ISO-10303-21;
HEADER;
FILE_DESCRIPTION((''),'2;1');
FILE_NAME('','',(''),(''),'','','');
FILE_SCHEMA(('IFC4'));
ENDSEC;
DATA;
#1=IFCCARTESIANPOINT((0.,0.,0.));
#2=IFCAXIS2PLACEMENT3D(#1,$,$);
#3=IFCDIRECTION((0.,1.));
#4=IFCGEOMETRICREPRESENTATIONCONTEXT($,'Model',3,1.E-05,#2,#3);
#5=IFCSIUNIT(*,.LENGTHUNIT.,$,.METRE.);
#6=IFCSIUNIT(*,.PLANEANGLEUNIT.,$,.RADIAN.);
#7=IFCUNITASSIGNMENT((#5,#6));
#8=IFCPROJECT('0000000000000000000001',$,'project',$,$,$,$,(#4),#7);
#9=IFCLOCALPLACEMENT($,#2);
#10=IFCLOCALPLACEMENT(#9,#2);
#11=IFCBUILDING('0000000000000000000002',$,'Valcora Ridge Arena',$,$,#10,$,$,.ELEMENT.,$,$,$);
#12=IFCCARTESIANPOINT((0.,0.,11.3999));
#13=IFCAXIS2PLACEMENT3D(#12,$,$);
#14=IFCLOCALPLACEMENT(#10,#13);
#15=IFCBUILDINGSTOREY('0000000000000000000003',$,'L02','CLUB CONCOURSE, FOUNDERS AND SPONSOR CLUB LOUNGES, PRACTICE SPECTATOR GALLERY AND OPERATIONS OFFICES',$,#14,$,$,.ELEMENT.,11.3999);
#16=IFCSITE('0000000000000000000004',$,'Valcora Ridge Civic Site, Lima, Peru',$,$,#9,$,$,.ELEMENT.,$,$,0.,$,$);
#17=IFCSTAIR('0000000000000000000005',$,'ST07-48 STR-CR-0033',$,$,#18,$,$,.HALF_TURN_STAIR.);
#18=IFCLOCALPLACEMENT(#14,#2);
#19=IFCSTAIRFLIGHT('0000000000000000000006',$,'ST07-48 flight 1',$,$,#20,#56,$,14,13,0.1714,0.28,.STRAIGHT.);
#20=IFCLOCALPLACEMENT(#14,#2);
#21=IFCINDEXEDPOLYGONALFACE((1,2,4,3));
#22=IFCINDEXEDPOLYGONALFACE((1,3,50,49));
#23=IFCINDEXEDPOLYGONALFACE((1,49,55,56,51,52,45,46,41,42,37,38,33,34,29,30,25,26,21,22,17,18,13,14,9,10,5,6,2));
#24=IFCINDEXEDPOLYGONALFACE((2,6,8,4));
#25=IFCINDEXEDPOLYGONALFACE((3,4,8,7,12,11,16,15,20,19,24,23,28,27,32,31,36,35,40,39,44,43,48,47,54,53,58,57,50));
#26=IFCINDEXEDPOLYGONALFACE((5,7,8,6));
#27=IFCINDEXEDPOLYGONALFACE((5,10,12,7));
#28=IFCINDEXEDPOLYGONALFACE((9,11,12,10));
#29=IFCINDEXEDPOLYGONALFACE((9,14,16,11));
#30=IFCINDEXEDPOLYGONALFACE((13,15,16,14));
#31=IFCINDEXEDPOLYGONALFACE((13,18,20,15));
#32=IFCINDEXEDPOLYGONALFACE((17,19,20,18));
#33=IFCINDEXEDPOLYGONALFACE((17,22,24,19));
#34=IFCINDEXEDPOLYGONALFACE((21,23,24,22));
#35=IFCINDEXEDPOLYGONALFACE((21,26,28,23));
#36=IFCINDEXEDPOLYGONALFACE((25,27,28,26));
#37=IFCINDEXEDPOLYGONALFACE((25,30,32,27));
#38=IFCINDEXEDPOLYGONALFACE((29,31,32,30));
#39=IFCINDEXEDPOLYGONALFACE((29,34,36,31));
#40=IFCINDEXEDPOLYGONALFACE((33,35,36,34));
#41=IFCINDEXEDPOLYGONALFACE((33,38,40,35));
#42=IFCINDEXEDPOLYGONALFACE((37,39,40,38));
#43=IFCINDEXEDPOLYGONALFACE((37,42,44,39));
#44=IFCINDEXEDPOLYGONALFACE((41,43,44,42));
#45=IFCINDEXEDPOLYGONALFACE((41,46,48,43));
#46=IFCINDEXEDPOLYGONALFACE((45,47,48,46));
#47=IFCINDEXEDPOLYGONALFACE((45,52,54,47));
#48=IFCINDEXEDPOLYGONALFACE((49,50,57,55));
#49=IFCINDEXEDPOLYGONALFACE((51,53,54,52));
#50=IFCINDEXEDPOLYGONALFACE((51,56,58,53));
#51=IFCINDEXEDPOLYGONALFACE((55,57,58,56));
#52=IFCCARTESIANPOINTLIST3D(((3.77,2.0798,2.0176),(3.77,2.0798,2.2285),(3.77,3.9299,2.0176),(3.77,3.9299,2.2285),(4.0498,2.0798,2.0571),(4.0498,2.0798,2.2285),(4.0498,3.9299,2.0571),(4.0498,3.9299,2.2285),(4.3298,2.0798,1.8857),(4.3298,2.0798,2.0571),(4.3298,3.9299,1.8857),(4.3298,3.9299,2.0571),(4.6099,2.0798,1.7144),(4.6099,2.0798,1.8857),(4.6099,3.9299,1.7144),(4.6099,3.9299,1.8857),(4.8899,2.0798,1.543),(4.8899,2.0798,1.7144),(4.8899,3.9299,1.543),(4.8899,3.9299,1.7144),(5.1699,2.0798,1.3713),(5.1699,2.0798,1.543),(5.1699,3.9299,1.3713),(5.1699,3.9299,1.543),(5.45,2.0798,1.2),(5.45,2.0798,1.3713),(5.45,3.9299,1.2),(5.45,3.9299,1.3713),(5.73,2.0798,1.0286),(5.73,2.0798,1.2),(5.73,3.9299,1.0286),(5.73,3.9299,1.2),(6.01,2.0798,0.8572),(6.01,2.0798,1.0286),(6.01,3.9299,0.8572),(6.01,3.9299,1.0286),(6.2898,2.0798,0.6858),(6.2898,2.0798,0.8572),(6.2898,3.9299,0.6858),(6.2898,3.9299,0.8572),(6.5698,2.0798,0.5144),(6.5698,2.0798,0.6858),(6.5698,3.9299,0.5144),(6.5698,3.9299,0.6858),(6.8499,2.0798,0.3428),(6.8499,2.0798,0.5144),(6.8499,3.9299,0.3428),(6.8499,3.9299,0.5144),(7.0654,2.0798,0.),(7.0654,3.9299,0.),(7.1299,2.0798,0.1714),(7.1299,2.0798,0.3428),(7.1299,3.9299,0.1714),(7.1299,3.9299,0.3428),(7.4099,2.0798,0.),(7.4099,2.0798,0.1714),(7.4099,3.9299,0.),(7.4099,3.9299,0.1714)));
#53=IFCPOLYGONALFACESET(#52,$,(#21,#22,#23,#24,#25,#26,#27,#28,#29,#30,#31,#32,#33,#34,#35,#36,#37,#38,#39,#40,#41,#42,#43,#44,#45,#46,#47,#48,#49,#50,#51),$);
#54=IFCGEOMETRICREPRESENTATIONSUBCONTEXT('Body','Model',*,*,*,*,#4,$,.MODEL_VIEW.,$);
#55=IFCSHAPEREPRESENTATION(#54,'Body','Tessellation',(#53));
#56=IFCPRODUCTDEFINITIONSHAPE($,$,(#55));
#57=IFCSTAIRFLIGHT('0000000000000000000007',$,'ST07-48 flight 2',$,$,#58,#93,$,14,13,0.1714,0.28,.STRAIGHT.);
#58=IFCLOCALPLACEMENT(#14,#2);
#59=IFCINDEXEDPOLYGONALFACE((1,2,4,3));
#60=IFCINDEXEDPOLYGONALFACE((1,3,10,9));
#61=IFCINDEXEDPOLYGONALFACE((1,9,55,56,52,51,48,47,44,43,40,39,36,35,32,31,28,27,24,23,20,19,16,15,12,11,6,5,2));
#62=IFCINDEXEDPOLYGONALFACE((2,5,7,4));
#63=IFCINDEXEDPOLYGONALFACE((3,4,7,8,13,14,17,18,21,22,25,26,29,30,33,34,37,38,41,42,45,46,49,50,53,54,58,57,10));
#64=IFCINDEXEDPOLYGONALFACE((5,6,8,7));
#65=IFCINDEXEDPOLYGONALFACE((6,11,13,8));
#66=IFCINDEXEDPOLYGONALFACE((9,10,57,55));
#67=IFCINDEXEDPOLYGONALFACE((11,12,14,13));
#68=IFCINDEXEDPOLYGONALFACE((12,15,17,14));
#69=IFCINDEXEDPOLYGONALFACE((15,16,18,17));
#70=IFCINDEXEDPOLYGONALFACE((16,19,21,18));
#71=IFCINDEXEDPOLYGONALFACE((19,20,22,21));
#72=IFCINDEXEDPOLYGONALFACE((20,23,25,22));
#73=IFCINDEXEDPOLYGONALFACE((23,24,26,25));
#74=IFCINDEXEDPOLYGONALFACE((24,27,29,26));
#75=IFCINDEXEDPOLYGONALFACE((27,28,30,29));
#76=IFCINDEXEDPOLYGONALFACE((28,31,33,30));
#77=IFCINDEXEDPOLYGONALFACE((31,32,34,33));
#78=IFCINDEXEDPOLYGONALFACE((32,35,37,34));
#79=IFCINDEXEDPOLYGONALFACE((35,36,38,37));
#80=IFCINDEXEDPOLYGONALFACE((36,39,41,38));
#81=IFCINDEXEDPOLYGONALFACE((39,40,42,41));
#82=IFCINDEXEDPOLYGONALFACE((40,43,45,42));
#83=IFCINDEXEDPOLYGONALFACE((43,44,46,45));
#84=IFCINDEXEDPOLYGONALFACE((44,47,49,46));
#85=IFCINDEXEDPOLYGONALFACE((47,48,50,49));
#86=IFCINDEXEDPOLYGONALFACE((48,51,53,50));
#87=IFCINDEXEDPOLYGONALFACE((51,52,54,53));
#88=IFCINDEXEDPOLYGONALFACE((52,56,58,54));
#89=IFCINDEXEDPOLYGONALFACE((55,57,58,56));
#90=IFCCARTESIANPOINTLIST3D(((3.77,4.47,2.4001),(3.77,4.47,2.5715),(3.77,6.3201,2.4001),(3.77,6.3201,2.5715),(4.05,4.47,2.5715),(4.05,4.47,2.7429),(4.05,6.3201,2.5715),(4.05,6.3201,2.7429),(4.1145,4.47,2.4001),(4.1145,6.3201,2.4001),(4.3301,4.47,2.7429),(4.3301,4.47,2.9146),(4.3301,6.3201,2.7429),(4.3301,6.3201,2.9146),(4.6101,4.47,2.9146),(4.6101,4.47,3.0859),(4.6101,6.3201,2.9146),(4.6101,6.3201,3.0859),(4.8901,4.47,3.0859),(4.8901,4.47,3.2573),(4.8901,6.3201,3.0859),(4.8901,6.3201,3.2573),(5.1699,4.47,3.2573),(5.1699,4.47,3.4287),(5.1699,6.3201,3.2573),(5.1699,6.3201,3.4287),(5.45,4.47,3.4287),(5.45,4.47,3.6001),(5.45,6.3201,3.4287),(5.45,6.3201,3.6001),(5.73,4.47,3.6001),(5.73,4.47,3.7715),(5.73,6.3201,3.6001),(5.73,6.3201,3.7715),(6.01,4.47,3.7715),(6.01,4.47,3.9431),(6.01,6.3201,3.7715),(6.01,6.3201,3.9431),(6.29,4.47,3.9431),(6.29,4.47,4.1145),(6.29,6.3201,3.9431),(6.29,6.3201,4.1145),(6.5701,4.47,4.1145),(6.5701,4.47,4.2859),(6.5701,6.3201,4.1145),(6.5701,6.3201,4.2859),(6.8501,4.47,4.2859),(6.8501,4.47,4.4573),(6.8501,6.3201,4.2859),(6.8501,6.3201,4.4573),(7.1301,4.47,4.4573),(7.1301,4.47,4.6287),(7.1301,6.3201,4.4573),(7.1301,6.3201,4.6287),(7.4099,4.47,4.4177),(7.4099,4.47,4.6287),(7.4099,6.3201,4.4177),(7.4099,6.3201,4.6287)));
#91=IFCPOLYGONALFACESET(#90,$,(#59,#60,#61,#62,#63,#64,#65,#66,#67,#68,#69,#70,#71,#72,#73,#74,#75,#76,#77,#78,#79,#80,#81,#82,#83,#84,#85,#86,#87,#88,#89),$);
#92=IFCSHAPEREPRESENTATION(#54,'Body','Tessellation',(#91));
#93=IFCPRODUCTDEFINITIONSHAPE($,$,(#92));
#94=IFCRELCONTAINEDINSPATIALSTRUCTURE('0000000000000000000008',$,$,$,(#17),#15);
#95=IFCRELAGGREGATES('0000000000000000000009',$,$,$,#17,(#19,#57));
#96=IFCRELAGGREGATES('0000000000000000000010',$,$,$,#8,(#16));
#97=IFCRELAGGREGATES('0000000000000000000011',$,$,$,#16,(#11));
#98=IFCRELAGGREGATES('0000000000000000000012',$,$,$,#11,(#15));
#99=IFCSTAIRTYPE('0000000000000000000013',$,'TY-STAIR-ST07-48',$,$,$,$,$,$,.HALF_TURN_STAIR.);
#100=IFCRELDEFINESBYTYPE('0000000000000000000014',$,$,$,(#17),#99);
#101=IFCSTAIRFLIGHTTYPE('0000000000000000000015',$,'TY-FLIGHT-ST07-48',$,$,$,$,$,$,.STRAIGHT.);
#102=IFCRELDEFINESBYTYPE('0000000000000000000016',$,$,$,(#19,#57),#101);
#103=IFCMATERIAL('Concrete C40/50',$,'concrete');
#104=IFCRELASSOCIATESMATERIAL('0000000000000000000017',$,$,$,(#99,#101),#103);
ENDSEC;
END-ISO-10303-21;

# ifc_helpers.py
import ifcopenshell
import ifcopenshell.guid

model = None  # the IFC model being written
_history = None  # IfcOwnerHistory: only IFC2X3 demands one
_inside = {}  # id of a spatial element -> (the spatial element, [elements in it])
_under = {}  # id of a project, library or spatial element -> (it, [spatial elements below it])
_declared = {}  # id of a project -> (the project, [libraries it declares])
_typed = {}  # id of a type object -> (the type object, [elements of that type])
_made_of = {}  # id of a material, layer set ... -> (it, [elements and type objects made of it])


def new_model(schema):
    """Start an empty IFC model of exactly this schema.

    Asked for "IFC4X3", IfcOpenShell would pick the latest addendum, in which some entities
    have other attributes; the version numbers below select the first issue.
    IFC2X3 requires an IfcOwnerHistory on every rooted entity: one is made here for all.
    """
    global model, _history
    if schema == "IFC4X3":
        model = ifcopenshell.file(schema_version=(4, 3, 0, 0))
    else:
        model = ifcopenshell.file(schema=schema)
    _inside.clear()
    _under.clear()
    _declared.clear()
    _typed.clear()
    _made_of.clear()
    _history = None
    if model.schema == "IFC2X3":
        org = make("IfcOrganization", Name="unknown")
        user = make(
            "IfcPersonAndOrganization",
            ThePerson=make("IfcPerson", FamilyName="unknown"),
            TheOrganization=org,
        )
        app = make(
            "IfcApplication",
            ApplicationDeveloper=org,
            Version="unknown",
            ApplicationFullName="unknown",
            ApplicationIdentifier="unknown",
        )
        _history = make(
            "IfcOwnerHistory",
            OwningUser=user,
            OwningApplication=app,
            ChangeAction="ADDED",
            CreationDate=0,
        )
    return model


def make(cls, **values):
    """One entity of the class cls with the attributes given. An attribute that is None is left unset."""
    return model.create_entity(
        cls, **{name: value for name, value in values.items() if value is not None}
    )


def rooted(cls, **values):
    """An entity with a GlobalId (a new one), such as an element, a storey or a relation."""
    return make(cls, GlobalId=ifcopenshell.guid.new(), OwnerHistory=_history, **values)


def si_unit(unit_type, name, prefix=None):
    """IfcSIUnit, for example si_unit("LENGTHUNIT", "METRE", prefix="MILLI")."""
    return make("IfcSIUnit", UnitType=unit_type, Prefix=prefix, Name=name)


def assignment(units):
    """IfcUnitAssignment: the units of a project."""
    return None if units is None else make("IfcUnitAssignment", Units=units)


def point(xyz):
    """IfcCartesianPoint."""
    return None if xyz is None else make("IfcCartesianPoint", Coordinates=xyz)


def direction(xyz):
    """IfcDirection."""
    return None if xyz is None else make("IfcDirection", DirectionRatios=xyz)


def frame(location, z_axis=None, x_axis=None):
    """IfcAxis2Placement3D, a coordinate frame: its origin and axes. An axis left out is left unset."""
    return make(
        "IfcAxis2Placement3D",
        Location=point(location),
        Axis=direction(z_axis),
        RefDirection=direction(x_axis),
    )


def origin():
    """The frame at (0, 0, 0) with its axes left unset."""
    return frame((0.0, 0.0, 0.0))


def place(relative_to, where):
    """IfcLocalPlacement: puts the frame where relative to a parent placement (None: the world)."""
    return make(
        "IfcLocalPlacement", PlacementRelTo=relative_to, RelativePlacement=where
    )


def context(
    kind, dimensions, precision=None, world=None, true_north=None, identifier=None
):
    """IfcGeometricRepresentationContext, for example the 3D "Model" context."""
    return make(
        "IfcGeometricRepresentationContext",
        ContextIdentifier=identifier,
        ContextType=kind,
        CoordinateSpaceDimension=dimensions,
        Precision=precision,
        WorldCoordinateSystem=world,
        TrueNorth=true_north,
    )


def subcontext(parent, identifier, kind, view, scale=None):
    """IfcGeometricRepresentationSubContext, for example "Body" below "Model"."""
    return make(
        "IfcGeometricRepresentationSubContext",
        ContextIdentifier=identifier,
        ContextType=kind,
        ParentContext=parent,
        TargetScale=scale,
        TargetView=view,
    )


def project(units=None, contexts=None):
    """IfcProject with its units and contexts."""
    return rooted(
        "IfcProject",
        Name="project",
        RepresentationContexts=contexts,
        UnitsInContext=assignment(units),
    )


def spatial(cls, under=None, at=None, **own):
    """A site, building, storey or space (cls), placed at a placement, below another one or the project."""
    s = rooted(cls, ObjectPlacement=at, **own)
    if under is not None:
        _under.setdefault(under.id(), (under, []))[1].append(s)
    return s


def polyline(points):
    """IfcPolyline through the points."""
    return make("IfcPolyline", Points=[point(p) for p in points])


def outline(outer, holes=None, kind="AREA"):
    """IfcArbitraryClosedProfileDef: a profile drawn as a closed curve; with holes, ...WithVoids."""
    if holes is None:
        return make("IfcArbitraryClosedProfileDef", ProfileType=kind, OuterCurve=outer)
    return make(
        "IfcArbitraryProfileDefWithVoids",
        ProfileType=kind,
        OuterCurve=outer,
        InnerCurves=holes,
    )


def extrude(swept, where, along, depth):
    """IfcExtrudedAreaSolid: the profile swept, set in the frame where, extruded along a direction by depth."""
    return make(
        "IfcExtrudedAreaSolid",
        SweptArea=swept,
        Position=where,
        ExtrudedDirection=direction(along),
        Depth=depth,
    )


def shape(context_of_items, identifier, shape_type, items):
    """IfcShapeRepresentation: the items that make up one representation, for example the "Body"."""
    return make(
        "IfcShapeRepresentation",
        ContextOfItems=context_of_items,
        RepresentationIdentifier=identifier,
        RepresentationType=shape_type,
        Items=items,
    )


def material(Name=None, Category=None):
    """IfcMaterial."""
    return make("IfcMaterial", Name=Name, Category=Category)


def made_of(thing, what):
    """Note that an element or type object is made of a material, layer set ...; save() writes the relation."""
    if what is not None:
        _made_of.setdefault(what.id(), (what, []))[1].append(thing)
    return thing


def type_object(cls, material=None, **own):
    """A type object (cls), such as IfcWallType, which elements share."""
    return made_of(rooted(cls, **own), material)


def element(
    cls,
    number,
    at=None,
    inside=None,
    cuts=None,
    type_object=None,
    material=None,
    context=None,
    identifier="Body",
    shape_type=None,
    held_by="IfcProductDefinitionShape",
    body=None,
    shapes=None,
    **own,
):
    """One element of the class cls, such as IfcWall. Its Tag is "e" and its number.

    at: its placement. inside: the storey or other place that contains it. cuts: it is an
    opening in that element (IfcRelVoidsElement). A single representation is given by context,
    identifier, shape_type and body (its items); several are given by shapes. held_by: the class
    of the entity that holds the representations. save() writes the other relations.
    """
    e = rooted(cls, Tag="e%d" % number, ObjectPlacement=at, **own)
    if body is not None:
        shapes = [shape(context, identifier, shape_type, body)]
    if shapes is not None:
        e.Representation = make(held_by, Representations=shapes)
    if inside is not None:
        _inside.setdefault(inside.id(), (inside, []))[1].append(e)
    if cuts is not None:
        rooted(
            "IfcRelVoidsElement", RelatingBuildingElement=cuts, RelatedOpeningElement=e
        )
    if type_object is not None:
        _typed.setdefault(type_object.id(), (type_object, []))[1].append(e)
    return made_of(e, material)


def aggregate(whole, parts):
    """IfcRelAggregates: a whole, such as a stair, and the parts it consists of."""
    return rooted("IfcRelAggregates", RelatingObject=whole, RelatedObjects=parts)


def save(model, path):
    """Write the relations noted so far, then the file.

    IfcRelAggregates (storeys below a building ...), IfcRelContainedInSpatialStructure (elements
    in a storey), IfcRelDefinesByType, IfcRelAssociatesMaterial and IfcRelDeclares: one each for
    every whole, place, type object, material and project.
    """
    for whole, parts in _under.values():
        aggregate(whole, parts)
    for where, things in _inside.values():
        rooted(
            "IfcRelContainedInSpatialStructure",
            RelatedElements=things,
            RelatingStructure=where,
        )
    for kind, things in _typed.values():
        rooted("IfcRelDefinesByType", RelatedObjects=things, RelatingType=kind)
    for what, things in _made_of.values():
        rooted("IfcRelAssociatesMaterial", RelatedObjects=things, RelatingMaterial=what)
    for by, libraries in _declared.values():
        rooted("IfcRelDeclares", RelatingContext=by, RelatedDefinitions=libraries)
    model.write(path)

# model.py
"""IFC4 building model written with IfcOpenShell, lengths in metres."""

from ifc_helpers import new_model, si_unit, direction, frame, origin, place, context, subcontext, project, spatial, polyline, outline, extrude, material, type_object, element, aggregate, save


model = new_model("IFC4")

# Units and contexts
model_context = context("Model", 3, precision=1e-05, world=origin(), true_north=direction((0.0, 1.0)))
body_context = subcontext(model_context, "Body", "Model", "MODEL_VIEW")
ifc_project = project(units=[si_unit("LENGTHUNIT", "METRE"), si_unit("PLANEANGLEUNIT", "RADIAN")], contexts=[model_context])

# Site, building, storey
site_placement = place(None, origin())
site = spatial("IfcSite", under=ifc_project, at=site_placement, Name="Valcora Ridge Civic Site, Lima, Peru", CompositionType="ELEMENT", RefElevation=0.0)
building_placement = place(site_placement, origin())
building = spatial("IfcBuilding", under=site, at=building_placement, Name="Valcora Ridge Arena", CompositionType="ELEMENT")
storey_placement = place(building_placement, frame((0.0, 0.0, 11.3999)))
storey = spatial("IfcBuildingStorey", under=building, at=storey_placement, Name="L02", Description="CLUB CONCOURSE, FOUNDERS AND SPONSOR CLUB LOUNGES, PRACTICE SPECTATOR GALLERY AND OPERATIONS OFFICES", CompositionType="ELEMENT", Elevation=11.3999)

# Shared definitions
ifc_material_1 = material(Name="Concrete C40/50", Category="concrete")

# Stair, stair flights
stair_type_1 = type_object("IfcStairType", Name="TY-STAIR-ST07-48", PredefinedType="HALF_TURN_STAIR", material=ifc_material_1)
stair_1_placement = place(storey_placement, origin())
stair_1 = element("IfcStair", 1, at=stair_1_placement, inside=storey, type_object=stair_type_1, Name="ST07-48 STR-CR-0033", PredefinedType="HALF_TURN_STAIR")
stair_flight_type = type_object("IfcStairFlightType", Name="TY-FLIGHT-ST07-48", PredefinedType="STRAIGHT", material=ifc_material_1)
stair_flight_1_placement = place(storey_placement, frame((7.4099, 3.0049, 0.0), z_axis=(0.0, 0.0, 1.0), x_axis=(-1.0, 0.0, 0.0)))
stair_flight_1 = element("IfcStairFlight", 2, at=stair_flight_1_placement, type_object=stair_flight_type, Name="ST07-48 flight 1", NumberOfRisers=14, NumberOfTreads=13, PredefinedType="STRAIGHT", RiserHeight=0.1714, TreadLength=0.28, context=body_context, shape_type="SweptSolid", body=[
    extrude(outline(polyline([(0.0, 0.0), (0.0, 0.1714), (0.28, 0.1714), (0.28, 0.3428), (0.5601, 0.3428), (0.5601, 0.5144), (0.8401, 0.5144), (0.8401, 0.6858), (1.1201, 0.6858), (1.1201, 0.8572), (1.3999, 0.8572), (1.3999, 1.0286), (1.6799, 1.0286), (1.6799, 1.2), (1.96, 1.2), (1.96, 1.3713), (2.24, 1.3713), (2.24, 1.543), (2.52, 1.543), (2.52, 1.7144), (2.8, 1.7144), (2.8, 1.8857), (3.0801, 1.8857), (3.0801, 2.0571), (3.3601, 2.0571), (3.3601, 2.2285), (3.6399, 2.2285), (3.6399, 2.3999), (3.6399, 2.0176), (0.3445, 0.0), (0.0, 0.0)])), frame((0.0, 0.925, 0.0), z_axis=(0.0, -1.0, 0.0), x_axis=(1.0, 0.0, 0.0)), (0.0, 0.0, 1.0), 1.8501),
])
stair_flight_2_placement = place(storey_placement, frame((3.77, 5.395, 2.4001), z_axis=(0.0, 0.0, 1.0), x_axis=(1.0, 0.0, 0.0)))
stair_flight_2 = element("IfcStairFlight", 3, at=stair_flight_2_placement, type_object=stair_flight_type, Name="ST07-48 flight 2", NumberOfRisers=14, NumberOfTreads=13, PredefinedType="STRAIGHT", RiserHeight=0.1714, TreadLength=0.28, context=body_context, shape_type="SweptSolid", body=[
    extrude(outline(polyline([(0.0, 0.0), (0.0, 0.1714), (0.28, 0.1714), (0.28, 0.3428), (0.5601, 0.3428), (0.5601, 0.5144), (0.8401, 0.5144), (0.8401, 0.6858), (1.1201, 0.6858), (1.1201, 0.8572), (1.3999, 0.8572), (1.3999, 1.0286), (1.6799, 1.0286), (1.6799, 1.2), (1.96, 1.2), (1.96, 1.3713), (2.24, 1.3713), (2.24, 1.543), (2.52, 1.543), (2.52, 1.7144), (2.8, 1.7144), (2.8, 1.8857), (3.0801, 1.8857), (3.0801, 2.0571), (3.3601, 2.0571), (3.3601, 2.2285), (3.6399, 2.2285), (3.6399, 2.3999), (3.6399, 2.0176), (0.3445, 0.0), (0.0, 0.0)])), frame((0.0, 0.925, 0.0), z_axis=(0.0, -1.0, 0.0), x_axis=(1.0, 0.0, 0.0)), (0.0, 0.0, 1.0), 1.8501),
])
aggregate(stair_1, [stair_flight_1, stair_flight_2])

save(model, "model.ifc")
